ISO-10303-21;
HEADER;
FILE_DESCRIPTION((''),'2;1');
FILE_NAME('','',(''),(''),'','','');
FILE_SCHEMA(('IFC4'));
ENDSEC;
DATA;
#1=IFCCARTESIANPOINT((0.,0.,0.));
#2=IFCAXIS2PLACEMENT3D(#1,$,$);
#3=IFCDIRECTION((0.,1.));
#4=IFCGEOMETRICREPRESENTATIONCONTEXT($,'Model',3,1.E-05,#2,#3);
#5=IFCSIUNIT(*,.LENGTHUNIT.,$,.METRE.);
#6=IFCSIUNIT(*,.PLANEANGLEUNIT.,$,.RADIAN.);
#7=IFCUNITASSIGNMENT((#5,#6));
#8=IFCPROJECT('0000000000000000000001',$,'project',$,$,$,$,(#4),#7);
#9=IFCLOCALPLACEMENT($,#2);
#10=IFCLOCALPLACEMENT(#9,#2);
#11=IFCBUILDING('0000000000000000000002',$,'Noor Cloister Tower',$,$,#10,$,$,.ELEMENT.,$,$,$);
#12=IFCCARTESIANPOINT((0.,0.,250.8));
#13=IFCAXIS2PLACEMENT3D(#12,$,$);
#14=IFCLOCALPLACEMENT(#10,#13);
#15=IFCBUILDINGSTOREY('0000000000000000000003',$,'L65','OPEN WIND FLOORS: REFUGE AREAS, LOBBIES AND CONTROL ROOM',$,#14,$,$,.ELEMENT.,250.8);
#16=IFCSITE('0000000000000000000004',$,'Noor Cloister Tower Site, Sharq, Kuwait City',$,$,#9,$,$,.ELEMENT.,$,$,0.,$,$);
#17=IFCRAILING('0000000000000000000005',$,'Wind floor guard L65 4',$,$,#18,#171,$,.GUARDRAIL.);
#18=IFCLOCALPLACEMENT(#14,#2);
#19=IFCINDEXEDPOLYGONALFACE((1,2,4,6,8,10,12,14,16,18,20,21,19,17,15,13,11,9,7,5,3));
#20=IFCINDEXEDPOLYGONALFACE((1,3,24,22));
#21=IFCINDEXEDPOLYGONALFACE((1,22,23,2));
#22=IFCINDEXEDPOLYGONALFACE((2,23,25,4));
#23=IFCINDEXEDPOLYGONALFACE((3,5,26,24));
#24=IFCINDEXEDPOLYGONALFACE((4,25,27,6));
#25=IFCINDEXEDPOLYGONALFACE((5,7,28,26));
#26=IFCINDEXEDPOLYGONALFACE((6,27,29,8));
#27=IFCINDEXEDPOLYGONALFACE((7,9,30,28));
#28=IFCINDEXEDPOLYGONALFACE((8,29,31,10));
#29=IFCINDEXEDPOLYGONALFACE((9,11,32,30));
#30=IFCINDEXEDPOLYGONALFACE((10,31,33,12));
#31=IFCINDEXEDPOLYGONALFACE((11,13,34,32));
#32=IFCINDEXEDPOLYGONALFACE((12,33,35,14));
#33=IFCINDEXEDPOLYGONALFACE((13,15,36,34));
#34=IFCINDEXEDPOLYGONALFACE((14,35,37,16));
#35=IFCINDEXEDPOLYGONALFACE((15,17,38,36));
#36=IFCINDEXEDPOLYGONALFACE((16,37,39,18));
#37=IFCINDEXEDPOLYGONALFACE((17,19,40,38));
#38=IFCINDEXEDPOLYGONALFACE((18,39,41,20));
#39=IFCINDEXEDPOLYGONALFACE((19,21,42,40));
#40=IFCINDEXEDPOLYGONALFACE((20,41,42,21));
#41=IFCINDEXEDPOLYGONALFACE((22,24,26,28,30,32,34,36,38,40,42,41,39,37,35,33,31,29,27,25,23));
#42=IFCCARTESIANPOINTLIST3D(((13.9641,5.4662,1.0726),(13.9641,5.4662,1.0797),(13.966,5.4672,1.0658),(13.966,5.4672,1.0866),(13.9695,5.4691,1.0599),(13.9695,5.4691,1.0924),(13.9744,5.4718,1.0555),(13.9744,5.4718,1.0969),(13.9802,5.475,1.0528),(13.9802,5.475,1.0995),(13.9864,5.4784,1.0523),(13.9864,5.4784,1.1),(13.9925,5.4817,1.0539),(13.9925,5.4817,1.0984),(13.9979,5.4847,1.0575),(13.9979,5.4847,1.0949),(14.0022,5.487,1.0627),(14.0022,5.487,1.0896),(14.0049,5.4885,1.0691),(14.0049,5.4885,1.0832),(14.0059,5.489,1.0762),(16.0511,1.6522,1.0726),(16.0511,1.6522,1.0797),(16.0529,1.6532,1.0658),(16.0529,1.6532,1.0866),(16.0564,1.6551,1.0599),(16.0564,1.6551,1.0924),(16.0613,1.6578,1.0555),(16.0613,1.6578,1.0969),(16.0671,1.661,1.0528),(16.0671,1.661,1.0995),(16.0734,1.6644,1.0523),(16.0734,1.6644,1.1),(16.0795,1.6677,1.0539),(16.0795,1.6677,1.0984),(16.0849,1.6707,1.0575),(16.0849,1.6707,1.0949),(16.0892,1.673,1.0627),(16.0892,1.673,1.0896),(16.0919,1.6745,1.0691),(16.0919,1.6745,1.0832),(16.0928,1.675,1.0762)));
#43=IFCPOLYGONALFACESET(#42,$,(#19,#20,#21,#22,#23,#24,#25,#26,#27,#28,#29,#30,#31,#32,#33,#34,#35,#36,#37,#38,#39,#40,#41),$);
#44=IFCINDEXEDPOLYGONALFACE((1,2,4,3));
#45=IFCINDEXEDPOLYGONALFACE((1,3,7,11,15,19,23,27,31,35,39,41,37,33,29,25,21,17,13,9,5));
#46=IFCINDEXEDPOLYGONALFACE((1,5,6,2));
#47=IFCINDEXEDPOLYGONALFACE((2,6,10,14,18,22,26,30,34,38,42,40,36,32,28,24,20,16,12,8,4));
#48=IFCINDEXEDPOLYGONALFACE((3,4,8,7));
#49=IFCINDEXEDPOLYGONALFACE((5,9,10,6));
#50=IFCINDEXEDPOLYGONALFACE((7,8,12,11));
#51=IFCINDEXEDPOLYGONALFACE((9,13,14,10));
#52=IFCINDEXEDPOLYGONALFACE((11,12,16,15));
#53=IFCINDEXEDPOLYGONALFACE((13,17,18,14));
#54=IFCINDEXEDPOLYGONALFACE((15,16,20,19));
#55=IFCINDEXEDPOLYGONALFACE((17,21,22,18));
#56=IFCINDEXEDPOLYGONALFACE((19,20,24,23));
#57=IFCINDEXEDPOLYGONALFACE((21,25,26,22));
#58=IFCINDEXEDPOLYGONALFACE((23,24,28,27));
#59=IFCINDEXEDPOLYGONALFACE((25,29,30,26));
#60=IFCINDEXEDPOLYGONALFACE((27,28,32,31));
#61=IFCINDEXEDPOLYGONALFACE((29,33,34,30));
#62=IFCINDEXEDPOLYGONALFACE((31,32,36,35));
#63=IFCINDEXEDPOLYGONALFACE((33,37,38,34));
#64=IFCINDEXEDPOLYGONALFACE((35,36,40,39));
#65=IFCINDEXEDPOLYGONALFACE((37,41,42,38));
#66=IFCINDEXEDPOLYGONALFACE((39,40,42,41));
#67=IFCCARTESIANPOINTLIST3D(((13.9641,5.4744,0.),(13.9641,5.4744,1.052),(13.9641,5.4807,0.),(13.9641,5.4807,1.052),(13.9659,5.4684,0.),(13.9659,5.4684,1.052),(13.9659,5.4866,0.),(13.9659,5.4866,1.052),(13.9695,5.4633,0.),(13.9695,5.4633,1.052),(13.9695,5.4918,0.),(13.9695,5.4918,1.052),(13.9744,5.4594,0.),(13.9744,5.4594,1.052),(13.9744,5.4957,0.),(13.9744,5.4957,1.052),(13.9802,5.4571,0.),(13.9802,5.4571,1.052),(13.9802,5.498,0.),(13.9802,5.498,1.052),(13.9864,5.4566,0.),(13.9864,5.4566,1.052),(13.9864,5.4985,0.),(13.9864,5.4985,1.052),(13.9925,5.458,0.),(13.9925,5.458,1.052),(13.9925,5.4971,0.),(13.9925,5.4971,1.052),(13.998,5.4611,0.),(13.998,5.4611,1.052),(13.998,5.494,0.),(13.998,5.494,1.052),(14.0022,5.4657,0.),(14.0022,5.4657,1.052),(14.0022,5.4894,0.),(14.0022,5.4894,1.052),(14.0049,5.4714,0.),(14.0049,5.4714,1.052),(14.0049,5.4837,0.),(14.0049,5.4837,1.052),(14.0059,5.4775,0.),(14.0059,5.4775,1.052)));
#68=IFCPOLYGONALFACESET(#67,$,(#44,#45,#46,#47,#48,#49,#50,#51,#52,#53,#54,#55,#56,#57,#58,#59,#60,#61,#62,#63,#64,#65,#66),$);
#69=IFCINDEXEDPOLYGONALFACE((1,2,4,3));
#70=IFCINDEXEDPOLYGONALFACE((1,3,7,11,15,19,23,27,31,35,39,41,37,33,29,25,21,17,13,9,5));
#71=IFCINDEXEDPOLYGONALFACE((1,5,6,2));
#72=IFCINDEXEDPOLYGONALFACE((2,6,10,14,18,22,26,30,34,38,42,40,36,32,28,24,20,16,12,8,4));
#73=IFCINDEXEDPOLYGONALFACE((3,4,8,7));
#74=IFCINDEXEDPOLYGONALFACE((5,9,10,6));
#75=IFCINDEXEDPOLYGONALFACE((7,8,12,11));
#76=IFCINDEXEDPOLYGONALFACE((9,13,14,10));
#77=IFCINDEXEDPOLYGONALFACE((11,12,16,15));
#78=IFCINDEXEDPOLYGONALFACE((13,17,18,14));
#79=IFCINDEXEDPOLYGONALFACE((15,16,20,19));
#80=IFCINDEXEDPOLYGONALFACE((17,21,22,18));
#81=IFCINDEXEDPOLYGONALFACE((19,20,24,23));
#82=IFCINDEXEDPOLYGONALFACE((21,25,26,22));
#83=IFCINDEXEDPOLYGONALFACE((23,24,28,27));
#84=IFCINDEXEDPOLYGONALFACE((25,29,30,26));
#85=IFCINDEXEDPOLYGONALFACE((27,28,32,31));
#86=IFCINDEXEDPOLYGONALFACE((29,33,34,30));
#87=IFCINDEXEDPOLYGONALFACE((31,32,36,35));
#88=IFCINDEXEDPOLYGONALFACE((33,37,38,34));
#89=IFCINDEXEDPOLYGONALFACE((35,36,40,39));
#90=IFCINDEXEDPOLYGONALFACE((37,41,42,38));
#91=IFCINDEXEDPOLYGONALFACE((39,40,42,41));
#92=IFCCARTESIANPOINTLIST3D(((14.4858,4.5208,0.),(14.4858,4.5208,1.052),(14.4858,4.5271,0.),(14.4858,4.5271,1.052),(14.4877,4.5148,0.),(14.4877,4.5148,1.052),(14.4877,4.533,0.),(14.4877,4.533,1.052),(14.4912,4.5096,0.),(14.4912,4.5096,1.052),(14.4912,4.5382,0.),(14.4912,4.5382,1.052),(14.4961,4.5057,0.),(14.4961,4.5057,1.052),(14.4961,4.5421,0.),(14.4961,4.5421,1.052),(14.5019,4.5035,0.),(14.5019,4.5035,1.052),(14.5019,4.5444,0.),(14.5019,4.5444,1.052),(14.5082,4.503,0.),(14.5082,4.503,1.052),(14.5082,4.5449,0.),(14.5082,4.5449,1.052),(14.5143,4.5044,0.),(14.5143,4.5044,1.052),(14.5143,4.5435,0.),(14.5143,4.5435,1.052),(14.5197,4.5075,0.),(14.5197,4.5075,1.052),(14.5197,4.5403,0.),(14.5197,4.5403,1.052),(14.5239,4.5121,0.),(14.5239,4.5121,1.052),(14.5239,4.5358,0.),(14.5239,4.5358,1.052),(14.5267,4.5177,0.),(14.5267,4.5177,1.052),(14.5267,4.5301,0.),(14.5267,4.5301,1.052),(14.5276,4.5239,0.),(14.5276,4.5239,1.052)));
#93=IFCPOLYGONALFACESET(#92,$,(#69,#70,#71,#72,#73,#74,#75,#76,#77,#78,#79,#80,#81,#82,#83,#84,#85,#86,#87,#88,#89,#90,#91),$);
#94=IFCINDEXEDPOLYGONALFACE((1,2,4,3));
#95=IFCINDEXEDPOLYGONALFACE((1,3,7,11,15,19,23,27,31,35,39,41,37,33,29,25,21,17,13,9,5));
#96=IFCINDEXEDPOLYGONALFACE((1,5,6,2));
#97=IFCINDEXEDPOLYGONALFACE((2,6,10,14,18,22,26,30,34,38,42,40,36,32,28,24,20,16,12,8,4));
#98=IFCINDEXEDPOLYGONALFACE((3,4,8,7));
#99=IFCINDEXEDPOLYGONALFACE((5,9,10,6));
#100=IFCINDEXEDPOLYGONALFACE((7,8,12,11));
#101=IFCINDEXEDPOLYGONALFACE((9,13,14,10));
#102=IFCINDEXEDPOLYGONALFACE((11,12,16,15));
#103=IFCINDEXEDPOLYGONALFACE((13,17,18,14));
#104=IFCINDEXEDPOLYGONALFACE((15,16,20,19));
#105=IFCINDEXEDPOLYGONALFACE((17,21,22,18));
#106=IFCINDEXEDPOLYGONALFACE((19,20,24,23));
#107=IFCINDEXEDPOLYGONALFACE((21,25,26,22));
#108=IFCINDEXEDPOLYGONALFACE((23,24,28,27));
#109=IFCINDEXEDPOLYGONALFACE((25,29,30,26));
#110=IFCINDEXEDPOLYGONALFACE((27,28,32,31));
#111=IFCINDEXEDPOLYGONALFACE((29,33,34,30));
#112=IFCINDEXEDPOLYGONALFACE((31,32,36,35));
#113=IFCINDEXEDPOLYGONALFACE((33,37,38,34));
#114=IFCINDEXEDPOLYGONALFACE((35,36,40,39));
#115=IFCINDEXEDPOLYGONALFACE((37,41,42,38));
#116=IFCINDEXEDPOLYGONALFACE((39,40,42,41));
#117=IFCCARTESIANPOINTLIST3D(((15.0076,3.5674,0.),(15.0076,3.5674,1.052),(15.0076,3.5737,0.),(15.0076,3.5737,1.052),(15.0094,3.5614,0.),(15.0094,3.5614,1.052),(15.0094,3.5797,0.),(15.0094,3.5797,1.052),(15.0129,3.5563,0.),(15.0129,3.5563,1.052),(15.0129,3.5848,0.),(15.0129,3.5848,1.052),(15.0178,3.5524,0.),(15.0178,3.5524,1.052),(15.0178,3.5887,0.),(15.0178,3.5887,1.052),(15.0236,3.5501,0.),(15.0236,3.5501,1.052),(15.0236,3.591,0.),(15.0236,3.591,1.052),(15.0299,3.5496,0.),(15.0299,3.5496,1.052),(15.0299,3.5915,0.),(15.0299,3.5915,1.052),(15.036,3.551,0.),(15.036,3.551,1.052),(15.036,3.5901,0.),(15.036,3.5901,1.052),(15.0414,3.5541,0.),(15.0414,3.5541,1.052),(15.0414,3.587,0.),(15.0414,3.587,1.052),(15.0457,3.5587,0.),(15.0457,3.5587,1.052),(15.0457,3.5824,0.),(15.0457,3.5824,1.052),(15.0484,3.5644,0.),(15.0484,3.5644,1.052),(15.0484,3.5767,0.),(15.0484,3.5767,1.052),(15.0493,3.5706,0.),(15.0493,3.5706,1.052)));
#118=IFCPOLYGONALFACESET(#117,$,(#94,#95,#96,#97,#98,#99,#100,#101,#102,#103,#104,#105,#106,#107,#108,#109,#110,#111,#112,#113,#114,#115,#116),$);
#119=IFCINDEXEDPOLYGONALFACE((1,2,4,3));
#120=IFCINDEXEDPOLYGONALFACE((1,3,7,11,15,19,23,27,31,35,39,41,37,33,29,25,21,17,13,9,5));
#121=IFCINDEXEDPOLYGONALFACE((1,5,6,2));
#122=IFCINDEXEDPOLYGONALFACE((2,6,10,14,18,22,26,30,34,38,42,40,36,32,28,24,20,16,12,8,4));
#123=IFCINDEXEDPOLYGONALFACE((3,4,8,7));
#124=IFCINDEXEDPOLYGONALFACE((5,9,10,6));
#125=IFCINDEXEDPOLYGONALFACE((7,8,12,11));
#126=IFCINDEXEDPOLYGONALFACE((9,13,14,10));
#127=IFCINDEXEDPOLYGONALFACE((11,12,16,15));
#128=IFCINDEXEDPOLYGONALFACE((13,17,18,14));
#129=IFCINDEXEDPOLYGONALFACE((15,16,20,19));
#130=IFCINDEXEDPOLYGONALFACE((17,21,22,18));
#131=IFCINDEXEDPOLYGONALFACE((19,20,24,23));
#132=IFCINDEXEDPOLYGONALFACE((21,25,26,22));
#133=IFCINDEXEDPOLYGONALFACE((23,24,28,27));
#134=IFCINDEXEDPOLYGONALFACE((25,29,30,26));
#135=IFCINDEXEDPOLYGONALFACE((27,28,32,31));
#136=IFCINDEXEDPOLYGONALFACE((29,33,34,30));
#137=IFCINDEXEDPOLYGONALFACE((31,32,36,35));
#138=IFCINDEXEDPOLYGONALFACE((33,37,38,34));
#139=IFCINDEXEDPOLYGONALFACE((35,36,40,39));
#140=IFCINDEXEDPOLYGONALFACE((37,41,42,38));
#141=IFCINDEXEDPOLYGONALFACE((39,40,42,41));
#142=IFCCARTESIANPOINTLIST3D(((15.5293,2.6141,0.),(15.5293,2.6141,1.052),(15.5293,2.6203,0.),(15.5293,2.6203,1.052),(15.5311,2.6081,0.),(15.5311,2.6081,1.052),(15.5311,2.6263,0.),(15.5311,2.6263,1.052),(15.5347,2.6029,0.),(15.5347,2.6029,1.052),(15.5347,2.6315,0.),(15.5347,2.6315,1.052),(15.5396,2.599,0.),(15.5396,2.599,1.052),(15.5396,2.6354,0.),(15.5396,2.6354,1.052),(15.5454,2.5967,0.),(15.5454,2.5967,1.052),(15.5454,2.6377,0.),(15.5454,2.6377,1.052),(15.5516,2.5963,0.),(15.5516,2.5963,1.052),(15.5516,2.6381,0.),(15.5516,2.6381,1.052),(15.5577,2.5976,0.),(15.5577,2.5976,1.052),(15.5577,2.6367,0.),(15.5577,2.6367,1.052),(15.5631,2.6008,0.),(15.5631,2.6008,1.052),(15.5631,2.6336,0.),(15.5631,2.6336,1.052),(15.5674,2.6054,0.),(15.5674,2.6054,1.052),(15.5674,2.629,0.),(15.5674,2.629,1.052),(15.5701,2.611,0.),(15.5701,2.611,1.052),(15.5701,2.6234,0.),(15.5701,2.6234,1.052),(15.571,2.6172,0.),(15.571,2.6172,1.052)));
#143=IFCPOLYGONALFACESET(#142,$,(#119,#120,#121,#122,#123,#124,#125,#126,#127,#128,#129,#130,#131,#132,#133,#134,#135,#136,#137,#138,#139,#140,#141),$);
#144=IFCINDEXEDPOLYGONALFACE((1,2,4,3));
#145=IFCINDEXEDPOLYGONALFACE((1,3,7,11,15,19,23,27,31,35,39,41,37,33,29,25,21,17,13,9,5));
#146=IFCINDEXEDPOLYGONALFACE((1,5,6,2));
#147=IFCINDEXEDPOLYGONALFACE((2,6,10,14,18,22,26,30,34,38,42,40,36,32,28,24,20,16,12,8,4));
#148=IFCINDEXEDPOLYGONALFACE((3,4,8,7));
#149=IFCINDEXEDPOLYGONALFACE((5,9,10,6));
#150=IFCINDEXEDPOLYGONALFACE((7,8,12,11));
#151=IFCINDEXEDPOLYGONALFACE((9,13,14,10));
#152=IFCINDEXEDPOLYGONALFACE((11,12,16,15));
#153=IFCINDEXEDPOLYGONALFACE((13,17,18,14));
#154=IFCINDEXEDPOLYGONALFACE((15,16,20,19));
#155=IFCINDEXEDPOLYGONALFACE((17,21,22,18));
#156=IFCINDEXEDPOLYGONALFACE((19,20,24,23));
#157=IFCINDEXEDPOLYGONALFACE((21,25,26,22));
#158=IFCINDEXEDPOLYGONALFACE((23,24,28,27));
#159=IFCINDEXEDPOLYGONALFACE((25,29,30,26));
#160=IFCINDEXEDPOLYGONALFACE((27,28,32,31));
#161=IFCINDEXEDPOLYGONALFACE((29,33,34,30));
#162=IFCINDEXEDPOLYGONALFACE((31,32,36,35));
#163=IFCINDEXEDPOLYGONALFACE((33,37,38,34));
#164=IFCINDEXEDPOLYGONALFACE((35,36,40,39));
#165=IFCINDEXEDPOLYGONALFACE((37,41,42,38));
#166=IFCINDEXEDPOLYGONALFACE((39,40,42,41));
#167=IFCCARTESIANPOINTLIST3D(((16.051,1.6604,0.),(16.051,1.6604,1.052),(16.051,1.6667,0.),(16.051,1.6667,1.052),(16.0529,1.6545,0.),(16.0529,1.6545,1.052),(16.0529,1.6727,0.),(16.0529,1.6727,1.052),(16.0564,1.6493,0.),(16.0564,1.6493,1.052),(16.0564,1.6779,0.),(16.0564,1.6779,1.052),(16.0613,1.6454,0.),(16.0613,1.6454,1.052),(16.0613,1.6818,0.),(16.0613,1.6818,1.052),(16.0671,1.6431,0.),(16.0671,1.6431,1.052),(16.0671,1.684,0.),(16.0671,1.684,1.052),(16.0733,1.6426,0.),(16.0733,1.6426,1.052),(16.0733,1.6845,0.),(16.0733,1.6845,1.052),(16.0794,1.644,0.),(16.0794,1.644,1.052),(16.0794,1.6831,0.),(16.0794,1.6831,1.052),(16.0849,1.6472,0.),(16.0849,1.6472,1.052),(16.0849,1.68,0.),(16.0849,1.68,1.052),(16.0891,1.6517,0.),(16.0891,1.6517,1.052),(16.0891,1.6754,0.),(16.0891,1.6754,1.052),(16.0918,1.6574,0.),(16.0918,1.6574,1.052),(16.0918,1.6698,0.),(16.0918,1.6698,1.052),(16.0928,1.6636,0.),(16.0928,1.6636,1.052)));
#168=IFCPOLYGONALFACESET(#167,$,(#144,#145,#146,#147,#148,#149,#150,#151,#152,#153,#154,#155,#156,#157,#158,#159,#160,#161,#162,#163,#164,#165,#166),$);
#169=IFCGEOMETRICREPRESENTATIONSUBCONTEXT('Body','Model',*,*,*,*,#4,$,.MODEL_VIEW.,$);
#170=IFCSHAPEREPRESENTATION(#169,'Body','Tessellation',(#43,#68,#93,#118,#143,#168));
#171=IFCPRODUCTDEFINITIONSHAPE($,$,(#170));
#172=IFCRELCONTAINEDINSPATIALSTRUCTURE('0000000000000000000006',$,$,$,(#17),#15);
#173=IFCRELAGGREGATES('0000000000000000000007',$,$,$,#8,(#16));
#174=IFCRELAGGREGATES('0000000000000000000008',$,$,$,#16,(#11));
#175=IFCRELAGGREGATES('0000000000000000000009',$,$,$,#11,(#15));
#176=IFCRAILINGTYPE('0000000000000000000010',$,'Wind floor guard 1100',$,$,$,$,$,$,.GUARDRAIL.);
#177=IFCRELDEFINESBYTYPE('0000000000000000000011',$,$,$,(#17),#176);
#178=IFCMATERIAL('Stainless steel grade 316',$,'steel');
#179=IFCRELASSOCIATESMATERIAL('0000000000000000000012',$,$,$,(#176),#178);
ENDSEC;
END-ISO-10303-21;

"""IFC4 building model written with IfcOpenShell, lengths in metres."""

from ifc_helpers import new_model, si_unit, direction, frame, origin, origin_2d, place, context, subcontext, project, spatial, circle, extrude, material, type_object, element, save


model = new_model("IFC4")

# Units and contexts
model_context = context("Model", 3, precision=1e-05, world=origin(), true_north=direction((0.0, 1.0)))
body_context = subcontext(model_context, "Body", "Model", "MODEL_VIEW")
ifc_project = project(units=[si_unit("LENGTHUNIT", "METRE"), si_unit("PLANEANGLEUNIT", "RADIAN")], contexts=[model_context])

# Site, building, storey
site_placement = place(None, origin())
site = spatial("IfcSite", under=ifc_project, at=site_placement, Name="Noor Cloister Tower Site, Sharq, Kuwait City", CompositionType="ELEMENT", RefElevation=0.0)
building_placement = place(site_placement, origin())
building = spatial("IfcBuilding", under=site, at=building_placement, Name="Noor Cloister Tower", CompositionType="ELEMENT")
storey_placement = place(building_placement, frame((0.0, 0.0, 250.8)))
storey = spatial("IfcBuildingStorey", under=building, at=storey_placement, Name="L65", Description="OPEN WIND FLOORS: REFUGE AREAS, LOBBIES AND CONTROL ROOM", CompositionType="ELEMENT", Elevation=250.8)

# Railing
ifc_material_1 = material(Name="Stainless steel grade 316", Category="steel")
railing_type = type_object("IfcRailingType", Name="Wind floor guard 1100", PredefinedType="GUARDRAIL", material=ifc_material_1)
railing_1_placement = place(storey_placement, frame((13.9849, 5.4775, 0.0)))
element("IfcRailing", 1, at=railing_1_placement, inside=storey, type_object=railing_type, Name="Wind floor guard L65 4", PredefinedType="GUARDRAIL", context=body_context, shape_type="SweptSolid", body=[
    extrude(circle(Radius=0.0239, at=origin_2d()), frame((0.0, 0.0, 1.0762), z_axis=(0.480016, -0.87726, 0.0), x_axis=(0.87726, 0.480016, 0.0)), (0.0, 0.0, 1.0), 4.3477),
    extrude(circle(Radius=0.021, at=origin_2d()), origin(), (0.0, 0.0, 1.0), 1.052),
    extrude(circle(Radius=0.021, at=origin_2d()), frame((0.5217, -0.9536, 0.0)), (0.0, 0.0, 1.0), 1.052),
    extrude(circle(Radius=0.021, at=origin_2d()), frame((1.0435, -1.907, 0.0)), (0.0, 0.0, 1.0), 1.052),
    extrude(circle(Radius=0.021, at=origin_2d()), frame((1.5652, -2.8604, 0.0)), (0.0, 0.0, 1.0), 1.052),
    extrude(circle(Radius=0.021, at=origin_2d()), frame((2.0869, -3.814, 0.0)), (0.0, 0.0, 1.0), 1.052),
])

save(model, "model.ifc")
